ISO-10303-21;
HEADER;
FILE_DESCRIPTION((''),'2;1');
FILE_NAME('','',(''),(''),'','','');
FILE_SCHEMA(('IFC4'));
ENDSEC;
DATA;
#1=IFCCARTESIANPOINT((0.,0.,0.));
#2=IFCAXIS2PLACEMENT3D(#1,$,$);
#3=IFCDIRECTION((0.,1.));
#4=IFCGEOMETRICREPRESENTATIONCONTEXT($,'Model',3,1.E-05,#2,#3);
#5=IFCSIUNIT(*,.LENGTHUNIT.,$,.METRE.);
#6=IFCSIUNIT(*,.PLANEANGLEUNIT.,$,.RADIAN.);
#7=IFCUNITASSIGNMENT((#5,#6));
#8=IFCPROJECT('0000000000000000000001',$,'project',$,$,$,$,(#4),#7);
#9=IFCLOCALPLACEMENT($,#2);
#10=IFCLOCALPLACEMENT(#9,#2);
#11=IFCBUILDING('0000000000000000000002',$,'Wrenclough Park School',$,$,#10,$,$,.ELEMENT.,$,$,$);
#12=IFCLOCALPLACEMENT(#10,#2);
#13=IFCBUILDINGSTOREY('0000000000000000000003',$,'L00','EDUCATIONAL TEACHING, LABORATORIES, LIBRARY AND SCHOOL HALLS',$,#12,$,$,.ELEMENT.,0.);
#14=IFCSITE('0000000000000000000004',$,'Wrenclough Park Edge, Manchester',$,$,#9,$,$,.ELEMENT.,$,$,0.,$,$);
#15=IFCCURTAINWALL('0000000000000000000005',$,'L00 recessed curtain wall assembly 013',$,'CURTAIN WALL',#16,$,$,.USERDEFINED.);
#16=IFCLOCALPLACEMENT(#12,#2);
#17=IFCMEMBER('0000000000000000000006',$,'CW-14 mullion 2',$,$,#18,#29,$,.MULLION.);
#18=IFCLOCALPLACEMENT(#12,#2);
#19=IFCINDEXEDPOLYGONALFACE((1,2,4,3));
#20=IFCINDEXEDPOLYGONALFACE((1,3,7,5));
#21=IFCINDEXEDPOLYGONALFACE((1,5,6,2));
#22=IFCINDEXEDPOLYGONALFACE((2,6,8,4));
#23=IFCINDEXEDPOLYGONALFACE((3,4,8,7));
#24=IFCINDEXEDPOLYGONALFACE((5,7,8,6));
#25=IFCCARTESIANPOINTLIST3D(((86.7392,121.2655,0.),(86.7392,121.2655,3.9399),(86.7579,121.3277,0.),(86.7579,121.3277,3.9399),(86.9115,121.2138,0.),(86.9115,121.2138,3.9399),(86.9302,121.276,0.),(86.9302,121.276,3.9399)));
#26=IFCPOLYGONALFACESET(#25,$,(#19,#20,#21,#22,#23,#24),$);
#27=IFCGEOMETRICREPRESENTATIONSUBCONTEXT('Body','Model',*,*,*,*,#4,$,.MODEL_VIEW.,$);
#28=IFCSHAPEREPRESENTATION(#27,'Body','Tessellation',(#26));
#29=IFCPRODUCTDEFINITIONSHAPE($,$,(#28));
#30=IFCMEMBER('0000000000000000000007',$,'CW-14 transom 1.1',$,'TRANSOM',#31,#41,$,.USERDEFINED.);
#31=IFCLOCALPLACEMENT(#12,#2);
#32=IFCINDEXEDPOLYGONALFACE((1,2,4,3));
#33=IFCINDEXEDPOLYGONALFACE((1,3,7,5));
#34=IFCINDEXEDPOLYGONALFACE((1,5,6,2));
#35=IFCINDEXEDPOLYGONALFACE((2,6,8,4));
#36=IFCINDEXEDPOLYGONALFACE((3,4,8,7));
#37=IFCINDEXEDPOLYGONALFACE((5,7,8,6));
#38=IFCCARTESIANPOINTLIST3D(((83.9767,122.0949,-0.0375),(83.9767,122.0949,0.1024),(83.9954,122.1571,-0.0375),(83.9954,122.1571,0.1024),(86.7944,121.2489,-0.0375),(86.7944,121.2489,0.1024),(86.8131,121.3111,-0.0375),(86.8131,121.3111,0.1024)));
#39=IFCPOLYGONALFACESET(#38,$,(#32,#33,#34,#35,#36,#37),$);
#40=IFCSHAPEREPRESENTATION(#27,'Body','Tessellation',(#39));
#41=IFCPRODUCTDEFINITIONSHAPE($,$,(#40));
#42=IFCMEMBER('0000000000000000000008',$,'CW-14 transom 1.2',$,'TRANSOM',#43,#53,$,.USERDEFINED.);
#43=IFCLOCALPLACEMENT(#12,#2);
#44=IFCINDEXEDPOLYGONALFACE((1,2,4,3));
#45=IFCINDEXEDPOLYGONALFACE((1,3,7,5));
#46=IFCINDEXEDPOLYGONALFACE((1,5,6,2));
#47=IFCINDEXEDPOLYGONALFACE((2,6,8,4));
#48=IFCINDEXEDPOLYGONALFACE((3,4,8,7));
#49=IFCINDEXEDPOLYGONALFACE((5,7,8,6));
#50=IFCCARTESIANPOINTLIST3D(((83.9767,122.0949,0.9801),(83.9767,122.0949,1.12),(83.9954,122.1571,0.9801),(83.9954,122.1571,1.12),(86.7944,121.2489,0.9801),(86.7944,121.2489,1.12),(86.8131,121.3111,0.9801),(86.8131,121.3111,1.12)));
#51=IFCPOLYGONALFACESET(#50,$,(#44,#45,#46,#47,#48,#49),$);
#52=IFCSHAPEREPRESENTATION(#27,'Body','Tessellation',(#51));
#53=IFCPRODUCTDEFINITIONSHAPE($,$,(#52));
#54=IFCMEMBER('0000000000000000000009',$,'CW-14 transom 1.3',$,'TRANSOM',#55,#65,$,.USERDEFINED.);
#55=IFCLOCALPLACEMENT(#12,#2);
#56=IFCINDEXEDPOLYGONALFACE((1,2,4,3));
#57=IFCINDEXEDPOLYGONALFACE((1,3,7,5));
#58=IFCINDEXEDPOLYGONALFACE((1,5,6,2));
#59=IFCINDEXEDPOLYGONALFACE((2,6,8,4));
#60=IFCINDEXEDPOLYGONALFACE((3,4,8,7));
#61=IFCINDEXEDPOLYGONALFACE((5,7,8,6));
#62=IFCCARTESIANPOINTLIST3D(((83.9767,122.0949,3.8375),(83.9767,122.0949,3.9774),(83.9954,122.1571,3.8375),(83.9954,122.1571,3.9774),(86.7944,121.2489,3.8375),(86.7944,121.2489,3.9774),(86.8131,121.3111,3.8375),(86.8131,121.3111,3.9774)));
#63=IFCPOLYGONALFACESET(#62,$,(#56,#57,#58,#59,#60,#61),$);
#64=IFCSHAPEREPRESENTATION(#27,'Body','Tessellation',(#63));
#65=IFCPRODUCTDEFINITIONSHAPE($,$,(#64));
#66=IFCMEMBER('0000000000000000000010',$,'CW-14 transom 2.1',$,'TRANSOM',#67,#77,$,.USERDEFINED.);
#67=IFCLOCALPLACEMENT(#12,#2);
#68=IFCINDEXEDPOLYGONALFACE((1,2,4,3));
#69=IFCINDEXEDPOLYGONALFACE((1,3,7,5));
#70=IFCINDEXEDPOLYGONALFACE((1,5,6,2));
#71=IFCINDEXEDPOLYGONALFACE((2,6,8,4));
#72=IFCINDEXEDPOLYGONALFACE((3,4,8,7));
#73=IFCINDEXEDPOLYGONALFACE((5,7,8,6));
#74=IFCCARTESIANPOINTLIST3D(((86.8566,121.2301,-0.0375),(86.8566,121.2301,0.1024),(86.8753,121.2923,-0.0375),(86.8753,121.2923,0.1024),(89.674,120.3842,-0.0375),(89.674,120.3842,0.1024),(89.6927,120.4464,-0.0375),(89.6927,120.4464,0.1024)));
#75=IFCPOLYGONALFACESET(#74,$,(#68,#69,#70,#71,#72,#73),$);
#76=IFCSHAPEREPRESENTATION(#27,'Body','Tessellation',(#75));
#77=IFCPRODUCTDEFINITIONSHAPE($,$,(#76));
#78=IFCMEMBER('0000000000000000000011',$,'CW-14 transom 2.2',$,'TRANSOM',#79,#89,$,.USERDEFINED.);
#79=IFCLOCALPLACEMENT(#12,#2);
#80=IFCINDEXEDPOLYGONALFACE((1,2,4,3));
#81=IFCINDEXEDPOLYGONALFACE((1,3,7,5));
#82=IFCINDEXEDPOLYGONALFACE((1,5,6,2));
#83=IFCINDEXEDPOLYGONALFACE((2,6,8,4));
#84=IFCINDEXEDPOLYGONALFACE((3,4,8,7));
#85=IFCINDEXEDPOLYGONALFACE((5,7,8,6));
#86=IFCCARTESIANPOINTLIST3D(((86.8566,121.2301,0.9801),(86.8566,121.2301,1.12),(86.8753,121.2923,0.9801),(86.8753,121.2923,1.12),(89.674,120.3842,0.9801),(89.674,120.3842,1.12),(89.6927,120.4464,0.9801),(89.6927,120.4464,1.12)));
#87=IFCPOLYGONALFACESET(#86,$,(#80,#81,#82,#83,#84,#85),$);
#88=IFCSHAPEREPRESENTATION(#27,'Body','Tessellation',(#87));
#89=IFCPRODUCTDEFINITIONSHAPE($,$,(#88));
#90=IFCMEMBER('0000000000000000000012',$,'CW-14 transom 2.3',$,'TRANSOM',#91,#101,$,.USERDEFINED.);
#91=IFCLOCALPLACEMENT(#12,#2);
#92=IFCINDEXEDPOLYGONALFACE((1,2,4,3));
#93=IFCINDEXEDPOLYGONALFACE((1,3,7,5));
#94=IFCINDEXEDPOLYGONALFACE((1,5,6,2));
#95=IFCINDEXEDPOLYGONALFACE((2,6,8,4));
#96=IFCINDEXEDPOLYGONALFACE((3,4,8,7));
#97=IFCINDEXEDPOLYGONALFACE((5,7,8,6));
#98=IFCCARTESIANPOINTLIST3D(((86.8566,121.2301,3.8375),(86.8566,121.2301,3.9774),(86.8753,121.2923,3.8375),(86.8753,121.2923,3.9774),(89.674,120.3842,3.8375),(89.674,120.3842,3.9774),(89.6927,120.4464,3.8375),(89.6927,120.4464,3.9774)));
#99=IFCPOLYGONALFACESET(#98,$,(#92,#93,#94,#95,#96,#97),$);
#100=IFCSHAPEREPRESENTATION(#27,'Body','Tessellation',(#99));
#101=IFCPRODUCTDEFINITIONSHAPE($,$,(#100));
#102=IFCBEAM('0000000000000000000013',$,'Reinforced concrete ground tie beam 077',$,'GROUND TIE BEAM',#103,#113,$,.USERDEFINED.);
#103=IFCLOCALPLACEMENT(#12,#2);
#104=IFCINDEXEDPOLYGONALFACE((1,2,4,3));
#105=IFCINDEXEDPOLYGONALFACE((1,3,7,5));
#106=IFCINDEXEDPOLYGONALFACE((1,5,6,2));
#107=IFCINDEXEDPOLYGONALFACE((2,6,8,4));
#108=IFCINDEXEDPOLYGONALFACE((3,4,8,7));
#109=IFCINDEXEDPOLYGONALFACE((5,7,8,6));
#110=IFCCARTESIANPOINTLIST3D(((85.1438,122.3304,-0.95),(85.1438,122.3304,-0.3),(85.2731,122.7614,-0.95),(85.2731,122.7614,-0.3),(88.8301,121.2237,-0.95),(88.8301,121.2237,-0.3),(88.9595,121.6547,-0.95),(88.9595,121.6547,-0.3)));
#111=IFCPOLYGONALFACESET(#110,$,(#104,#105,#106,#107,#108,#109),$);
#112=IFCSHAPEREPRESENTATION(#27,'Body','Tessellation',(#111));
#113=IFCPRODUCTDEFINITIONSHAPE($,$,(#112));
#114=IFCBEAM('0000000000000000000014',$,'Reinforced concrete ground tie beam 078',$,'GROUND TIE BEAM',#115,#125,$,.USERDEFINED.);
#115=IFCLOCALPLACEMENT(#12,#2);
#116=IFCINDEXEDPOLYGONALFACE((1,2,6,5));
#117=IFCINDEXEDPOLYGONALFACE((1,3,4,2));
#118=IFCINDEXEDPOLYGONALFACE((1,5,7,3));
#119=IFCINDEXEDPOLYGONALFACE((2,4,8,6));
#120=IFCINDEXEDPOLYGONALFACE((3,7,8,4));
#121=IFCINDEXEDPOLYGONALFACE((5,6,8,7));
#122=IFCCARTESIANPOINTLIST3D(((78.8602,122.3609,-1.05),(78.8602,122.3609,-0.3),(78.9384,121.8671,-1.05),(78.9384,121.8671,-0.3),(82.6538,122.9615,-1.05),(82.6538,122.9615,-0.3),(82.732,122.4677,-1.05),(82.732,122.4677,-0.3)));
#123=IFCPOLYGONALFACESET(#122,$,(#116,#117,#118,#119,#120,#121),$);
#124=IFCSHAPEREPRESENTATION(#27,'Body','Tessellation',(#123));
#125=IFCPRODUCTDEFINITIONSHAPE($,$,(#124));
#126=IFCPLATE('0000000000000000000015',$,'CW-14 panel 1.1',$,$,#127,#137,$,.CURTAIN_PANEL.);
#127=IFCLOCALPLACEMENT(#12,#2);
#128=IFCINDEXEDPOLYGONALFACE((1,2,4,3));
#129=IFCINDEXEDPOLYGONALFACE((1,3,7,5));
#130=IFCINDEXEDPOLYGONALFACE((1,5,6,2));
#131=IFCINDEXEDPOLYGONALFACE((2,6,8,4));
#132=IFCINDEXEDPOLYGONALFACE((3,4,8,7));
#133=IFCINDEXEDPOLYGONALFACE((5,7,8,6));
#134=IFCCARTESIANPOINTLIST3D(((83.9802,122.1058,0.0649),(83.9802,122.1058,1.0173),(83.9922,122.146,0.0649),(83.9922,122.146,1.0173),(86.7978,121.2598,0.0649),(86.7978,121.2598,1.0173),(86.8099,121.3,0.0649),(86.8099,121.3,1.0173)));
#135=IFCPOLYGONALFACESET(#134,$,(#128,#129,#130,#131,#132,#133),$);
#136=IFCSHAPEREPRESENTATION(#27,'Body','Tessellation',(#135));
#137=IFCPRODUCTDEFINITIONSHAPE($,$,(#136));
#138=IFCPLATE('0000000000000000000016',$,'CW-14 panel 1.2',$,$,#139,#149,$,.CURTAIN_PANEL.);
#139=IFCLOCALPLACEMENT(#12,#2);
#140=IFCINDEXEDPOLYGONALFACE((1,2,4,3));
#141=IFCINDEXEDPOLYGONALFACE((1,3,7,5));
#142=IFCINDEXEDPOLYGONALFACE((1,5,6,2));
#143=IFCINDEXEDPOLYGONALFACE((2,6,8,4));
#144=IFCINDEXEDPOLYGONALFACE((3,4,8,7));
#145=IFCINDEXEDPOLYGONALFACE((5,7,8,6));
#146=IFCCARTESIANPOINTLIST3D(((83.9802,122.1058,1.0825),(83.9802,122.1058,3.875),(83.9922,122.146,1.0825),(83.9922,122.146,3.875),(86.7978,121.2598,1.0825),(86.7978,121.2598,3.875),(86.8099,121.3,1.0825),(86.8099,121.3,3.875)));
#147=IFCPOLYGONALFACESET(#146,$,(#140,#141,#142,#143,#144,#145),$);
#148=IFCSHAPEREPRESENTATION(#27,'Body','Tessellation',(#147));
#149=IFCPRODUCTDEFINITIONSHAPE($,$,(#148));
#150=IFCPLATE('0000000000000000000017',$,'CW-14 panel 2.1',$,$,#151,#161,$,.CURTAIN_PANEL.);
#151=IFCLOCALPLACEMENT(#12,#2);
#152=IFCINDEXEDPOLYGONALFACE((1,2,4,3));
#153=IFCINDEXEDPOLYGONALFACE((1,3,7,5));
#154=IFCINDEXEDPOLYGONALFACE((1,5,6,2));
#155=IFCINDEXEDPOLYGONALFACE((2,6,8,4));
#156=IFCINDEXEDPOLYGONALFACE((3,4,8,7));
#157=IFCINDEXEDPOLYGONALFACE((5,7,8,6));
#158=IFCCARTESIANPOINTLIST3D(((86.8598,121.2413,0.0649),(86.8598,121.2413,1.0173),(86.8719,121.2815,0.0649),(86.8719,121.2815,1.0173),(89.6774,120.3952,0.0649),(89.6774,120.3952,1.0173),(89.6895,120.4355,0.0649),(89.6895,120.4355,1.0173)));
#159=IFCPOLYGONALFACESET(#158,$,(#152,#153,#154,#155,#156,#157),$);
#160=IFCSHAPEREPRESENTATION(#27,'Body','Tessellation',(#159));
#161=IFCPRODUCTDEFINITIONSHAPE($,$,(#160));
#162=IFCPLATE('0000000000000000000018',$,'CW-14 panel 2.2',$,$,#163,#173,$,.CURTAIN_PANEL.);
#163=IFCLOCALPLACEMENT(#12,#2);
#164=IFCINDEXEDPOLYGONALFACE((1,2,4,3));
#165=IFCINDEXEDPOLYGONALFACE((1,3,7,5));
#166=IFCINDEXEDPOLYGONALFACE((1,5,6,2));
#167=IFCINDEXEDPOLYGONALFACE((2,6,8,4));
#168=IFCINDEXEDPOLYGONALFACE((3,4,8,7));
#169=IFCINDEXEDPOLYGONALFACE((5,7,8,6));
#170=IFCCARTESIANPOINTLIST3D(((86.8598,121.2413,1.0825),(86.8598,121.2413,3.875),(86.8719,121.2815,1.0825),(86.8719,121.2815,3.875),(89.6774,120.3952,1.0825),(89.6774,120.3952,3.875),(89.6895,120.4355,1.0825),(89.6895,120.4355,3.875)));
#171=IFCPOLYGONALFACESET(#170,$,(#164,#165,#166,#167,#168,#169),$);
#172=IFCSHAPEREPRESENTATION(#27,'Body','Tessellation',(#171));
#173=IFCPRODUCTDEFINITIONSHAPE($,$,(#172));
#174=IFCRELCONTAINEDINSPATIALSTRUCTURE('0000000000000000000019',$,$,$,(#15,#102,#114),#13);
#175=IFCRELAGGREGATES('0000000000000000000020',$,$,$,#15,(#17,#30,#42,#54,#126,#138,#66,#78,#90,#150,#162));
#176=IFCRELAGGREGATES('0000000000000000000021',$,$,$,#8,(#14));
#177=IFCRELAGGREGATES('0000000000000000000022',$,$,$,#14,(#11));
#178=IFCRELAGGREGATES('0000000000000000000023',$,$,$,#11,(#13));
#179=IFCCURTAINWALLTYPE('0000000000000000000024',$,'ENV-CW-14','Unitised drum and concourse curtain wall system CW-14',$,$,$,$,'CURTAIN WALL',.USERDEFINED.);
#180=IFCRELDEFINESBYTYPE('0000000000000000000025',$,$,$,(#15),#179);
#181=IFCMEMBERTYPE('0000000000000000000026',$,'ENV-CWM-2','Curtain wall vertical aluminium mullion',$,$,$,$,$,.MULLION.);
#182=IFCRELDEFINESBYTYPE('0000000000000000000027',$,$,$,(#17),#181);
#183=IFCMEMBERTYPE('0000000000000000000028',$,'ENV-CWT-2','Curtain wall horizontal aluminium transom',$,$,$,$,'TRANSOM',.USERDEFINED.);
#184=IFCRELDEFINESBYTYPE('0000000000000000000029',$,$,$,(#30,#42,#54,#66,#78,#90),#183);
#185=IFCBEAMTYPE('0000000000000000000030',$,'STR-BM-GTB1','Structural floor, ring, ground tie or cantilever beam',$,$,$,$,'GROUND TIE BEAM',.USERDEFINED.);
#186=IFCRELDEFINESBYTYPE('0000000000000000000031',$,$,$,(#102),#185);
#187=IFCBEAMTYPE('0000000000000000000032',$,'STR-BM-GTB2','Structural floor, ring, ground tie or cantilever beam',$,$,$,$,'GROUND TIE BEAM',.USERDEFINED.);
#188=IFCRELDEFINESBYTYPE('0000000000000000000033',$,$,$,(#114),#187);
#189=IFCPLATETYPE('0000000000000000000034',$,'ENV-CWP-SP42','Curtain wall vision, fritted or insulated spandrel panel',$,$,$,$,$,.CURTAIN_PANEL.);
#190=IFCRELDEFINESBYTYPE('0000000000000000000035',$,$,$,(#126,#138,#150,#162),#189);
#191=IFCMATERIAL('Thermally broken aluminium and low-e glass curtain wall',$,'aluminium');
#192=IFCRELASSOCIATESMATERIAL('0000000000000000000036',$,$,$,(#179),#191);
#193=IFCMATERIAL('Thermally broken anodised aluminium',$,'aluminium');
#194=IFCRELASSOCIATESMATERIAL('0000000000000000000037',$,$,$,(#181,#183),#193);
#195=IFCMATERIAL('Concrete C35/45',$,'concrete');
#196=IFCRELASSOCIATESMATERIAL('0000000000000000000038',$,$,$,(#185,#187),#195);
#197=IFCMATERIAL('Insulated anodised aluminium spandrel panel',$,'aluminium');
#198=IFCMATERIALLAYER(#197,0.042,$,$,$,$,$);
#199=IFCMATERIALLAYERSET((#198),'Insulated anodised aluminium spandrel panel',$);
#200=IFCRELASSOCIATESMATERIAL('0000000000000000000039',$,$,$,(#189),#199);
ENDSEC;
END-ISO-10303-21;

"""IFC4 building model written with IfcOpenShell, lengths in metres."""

from ifc_helpers import new_model, si_unit, direction, frame, origin, origin_2d, place, context, subcontext, project, spatial, rectangle, extrude, material, layer, layer_set, material_profile, profile_set, type_object, element, aggregate, save


model = new_model("IFC4")

# Units and contexts
model_context = context("Model", 3, precision=1e-05, world=origin(), true_north=direction((0.0, 1.0)))
body_context = subcontext(model_context, "Body", "Model", "MODEL_VIEW")
ifc_project = project(units=[si_unit("LENGTHUNIT", "METRE"), si_unit("PLANEANGLEUNIT", "RADIAN")], contexts=[model_context])

# Site, building, storey
site_placement = place(None, origin())
site = spatial("IfcSite", under=ifc_project, at=site_placement, Name="Wrenclough Park Edge, Manchester", CompositionType="ELEMENT", RefElevation=0.0)
building_placement = place(site_placement, origin())
building = spatial("IfcBuilding", under=site, at=building_placement, Name="Wrenclough Park School", CompositionType="ELEMENT")
storey_placement = place(building_placement, origin())
storey = spatial("IfcBuildingStorey", under=building, at=storey_placement, Name="L00", Description="EDUCATIONAL TEACHING, LABORATORIES, LIBRARY AND SCHOOL HALLS", CompositionType="ELEMENT", Elevation=0.0)

# Shared definitions
ifc_material_1 = material(Name="Concrete C35/45", Category="concrete")

# Curtain wall, members
ifc_material_2 = material(Name="Thermally broken aluminium and low-e glass curtain wall", Category="aluminium")
curtain_wall_type = type_object("IfcCurtainWallType", Name="ENV-CW-14", Description="Unitised drum and concourse curtain wall system CW-14", ElementType="CURTAIN WALL", PredefinedType="USERDEFINED", material=ifc_material_2)
curtain_wall_placement = place(storey_placement, origin())
curtain_wall = element("IfcCurtainWall", 1, at=curtain_wall_placement, inside=storey, type_object=curtain_wall_type, Name="L00 recessed curtain wall assembly 013", ObjectType="CURTAIN WALL", PredefinedType="USERDEFINED")
ifc_material_3 = material(Name="Thermally broken anodised aluminium", Category="aluminium")
ifc_material_profile_1 = material_profile(ifc_material_3, rectangle(XDim=0.0649, YDim=0.1799, at=origin_2d()), Name="AL MULLION 65x180")
ifc_profile_set_1 = profile_set([ifc_material_profile_1], Name="Thermally broken anodised aluminium")
member_type_1 = type_object("IfcMemberType", Name="ENV-CWM-2", Description="Curtain wall vertical aluminium mullion", PredefinedType="MULLION", material=ifc_profile_set_1)
member_1_placement = place(storey_placement, frame((86.8347, 121.2708, 0.0), z_axis=(0.0, 0.0, 1.0), x_axis=(0.287583, 0.957756, 0.0)))
member_1 = element("IfcMember", 2, at=member_1_placement, type_object=member_type_1, Name="CW-14 mullion 2", PredefinedType="MULLION", context=body_context, shape_type="SweptSolid", body=[
    extrude(rectangle(XDim=0.0649, YDim=0.1799, at=origin_2d()), origin(), (0.0, 0.0, 1.0), 3.9399),
])
ifc_material_profile_2 = material_profile(ifc_material_3, rectangle(XDim=0.0649, YDim=0.1399, at=origin_2d()), Name="AL TRANSOM 65x140")
ifc_profile_set_2 = profile_set([ifc_material_profile_2], Name="Thermally broken anodised aluminium")
member_type_2 = type_object("IfcMemberType", Name="ENV-CWT-2", Description="Curtain wall horizontal aluminium transom", ElementType="TRANSOM", PredefinedType="USERDEFINED", material=ifc_profile_set_2)
member_2_placement = place(storey_placement, frame((83.9861, 122.126, 0.0325), z_axis=(0.957765, -0.287553, 0.0), x_axis=(0.287553, 0.957765, 0.0)))
member_2 = element("IfcMember", 3, at=member_2_placement, type_object=member_type_2, Name="CW-14 transom 1.1", ObjectType="TRANSOM", PredefinedType="USERDEFINED", context=body_context, shape_type="SweptSolid", body=[
    extrude(rectangle(XDim=0.0649, YDim=0.1399, at=origin_2d()), origin(), (0.0, 0.0, 1.0), 2.9419),
])
member_3_placement = place(storey_placement, frame((83.9861, 122.126, 1.05), z_axis=(0.957765, -0.287553, 0.0), x_axis=(0.287553, 0.957765, 0.0)))
member_3 = element("IfcMember", 4, at=member_3_placement, type_object=member_type_2, Name="CW-14 transom 1.2", ObjectType="TRANSOM", PredefinedType="USERDEFINED", context=body_context, shape_type="SweptSolid", body=[
    extrude(rectangle(XDim=0.0649, YDim=0.1399, at=origin_2d()), origin(), (0.0, 0.0, 1.0), 2.9419),
])
member_4_placement = place(storey_placement, frame((83.9861, 122.126, 3.9075), z_axis=(0.957765, -0.287553, 0.0), x_axis=(0.287553, 0.957765, 0.0)))
member_4 = element("IfcMember", 5, at=member_4_placement, type_object=member_type_2, Name="CW-14 transom 1.3", ObjectType="TRANSOM", PredefinedType="USERDEFINED", context=body_context, shape_type="SweptSolid", body=[
    extrude(rectangle(XDim=0.0649, YDim=0.1399, at=origin_2d()), origin(), (0.0, 0.0, 1.0), 2.9419),
])
member_5_placement = place(storey_placement, frame((86.866, 121.2612, 0.0325), z_axis=(0.957758, -0.287576, 0.0), x_axis=(0.287576, 0.957758, 0.0)))
member_5 = element("IfcMember", 6, at=member_5_placement, type_object=member_type_2, Name="CW-14 transom 2.1", ObjectType="TRANSOM", PredefinedType="USERDEFINED", context=body_context, shape_type="SweptSolid", body=[
    extrude(rectangle(XDim=0.0649, YDim=0.1399, at=origin_2d()), origin(), (0.0, 0.0, 1.0), 2.9417),
])
member_6_placement = place(storey_placement, frame((86.866, 121.2612, 1.05), z_axis=(0.957758, -0.287576, 0.0), x_axis=(0.287576, 0.957758, 0.0)))
member_6 = element("IfcMember", 7, at=member_6_placement, type_object=member_type_2, Name="CW-14 transom 2.2", ObjectType="TRANSOM", PredefinedType="USERDEFINED", context=body_context, shape_type="SweptSolid", body=[
    extrude(rectangle(XDim=0.0649, YDim=0.1399, at=origin_2d()), origin(), (0.0, 0.0, 1.0), 2.9417),
])
member_7_placement = place(storey_placement, frame((86.866, 121.2612, 3.9075), z_axis=(0.957758, -0.287576, 0.0), x_axis=(0.287576, 0.957758, 0.0)))
member_7 = element("IfcMember", 8, at=member_7_placement, type_object=member_type_2, Name="CW-14 transom 2.3", ObjectType="TRANSOM", PredefinedType="USERDEFINED", context=body_context, shape_type="SweptSolid", body=[
    extrude(rectangle(XDim=0.0649, YDim=0.1399, at=origin_2d()), origin(), (0.0, 0.0, 1.0), 2.9417),
])

# Beams
ifc_material_profile_3 = material_profile(ifc_material_1, rectangle(XDim=0.45, YDim=0.6499, at=origin_2d()), Name="RC GROUND 450x650")
ifc_profile_set_3 = profile_set([ifc_material_profile_3], Name="Concrete C35/45")
beam_type_1 = type_object("IfcBeamType", Name="STR-BM-GTB1", Description="Structural floor, ring, ground tie or cantilever beam", ElementType="GROUND TIE BEAM", PredefinedType="USERDEFINED", material=ifc_profile_set_3)
beam_1_placement = place(storey_placement, frame((88.8948, 121.4392, -0.625), z_axis=(-0.957769, 0.28754, 0.0), x_axis=(-0.28754, -0.957769, 0.0)))
element("IfcBeam", 9, at=beam_1_placement, inside=storey, type_object=beam_type_1, Name="Reinforced concrete ground tie beam 077", ObjectType="GROUND TIE BEAM", PredefinedType="USERDEFINED", context=body_context, shape_type="SweptSolid", body=[
    extrude(rectangle(XDim=0.45, YDim=0.6499, at=origin_2d()), origin(), (0.0, 0.0, 1.0), 3.8489),
])
ifc_material_profile_4 = material_profile(ifc_material_1, rectangle(XDim=0.5, YDim=0.75, at=origin_2d()), Name="RC GROUND 500x750")
ifc_profile_set_4 = profile_set([ifc_material_profile_4], Name="Concrete C35/45")
beam_type_2 = type_object("IfcBeamType", Name="STR-BM-GTB2", Description="Structural floor, ring, ground tie or cantilever beam", ElementType="GROUND TIE BEAM", PredefinedType="USERDEFINED", material=ifc_profile_set_4)
beam_2_placement = place(storey_placement, frame((82.6929, 122.7146, -0.675), z_axis=(-0.987698, -0.156374, 0.0), x_axis=(0.156374, -0.987698, 0.0)))
element("IfcBeam", 10, at=beam_2_placement, inside=storey, type_object=beam_type_2, Name="Reinforced concrete ground tie beam 078", ObjectType="GROUND TIE BEAM", PredefinedType="USERDEFINED", context=body_context, shape_type="SweptSolid", body=[
    extrude(rectangle(XDim=0.5, YDim=0.75, at=origin_2d()), origin(), (0.0, 0.0, 1.0), 3.8408),
])

# Plates
ifc_material_4 = material(Name="Insulated anodised aluminium spandrel panel", Category="aluminium")
ifc_layer_1 = layer(ifc_material_4, 0.042)
ifc_layer_set_1 = layer_set([ifc_layer_1], Name="Insulated anodised aluminium spandrel panel")
plate_type_1 = type_object("IfcPlateType", Name="ENV-CWP-SP42", Description="Curtain wall vision, fritted or insulated spandrel panel", PredefinedType="CURTAIN_PANEL", material=ifc_layer_set_1)
plate_1_placement = place(storey_placement, frame((85.395, 121.7029, 0.0649), z_axis=(0.0, 0.0, 1.0), x_axis=(0.957756, -0.287583, 0.0)))
plate_1 = element("IfcPlate", 11, at=plate_1_placement, type_object=plate_type_1, Name="CW-14 panel 1.1", PredefinedType="CURTAIN_PANEL", context=body_context, shape_type="SweptSolid", body=[
    extrude(rectangle(XDim=2.9419, YDim=0.042, at=origin_2d()), origin(), (0.0, 0.0, 1.0), 0.9524),
])
plate_2_placement = place(storey_placement, frame((85.395, 121.7029, 1.0825), z_axis=(0.0, 0.0, 1.0), x_axis=(0.957756, -0.287583, 0.0)))
plate_2 = element("IfcPlate", 12, at=plate_2_placement, type_object=plate_type_1, Name="CW-14 panel 1.2", PredefinedType="CURTAIN_PANEL", context=body_context, shape_type="SweptSolid", body=[
    extrude(rectangle(XDim=2.9419, YDim=0.042, at=origin_2d()), origin(), (0.0, 0.0, 1.0), 2.7925),
])
plate_3_placement = place(storey_placement, frame((88.2747, 120.8384, 0.0649), z_axis=(0.0, 0.0, 1.0), x_axis=(0.957756, -0.287583, 0.0)))
plate_3 = element("IfcPlate", 13, at=plate_3_placement, type_object=plate_type_1, Name="CW-14 panel 2.1", PredefinedType="CURTAIN_PANEL", context=body_context, shape_type="SweptSolid", body=[
    extrude(rectangle(XDim=2.9419, YDim=0.042, at=origin_2d()), origin(), (0.0, 0.0, 1.0), 0.9524),
])
plate_4_placement = place(storey_placement, frame((88.2747, 120.8384, 1.0825), z_axis=(0.0, 0.0, 1.0), x_axis=(0.957756, -0.287583, 0.0)))
plate_4 = element("IfcPlate", 14, at=plate_4_placement, type_object=plate_type_1, Name="CW-14 panel 2.2", PredefinedType="CURTAIN_PANEL", context=body_context, shape_type="SweptSolid", body=[
    extrude(rectangle(XDim=2.9419, YDim=0.042, at=origin_2d()), origin(), (0.0, 0.0, 1.0), 2.7925),
])
aggregate(curtain_wall, [member_1, member_2, member_3, member_4, plate_1, plate_2, member_5, member_6, member_7, plate_3, plate_4])

save(model, "model.ifc")
